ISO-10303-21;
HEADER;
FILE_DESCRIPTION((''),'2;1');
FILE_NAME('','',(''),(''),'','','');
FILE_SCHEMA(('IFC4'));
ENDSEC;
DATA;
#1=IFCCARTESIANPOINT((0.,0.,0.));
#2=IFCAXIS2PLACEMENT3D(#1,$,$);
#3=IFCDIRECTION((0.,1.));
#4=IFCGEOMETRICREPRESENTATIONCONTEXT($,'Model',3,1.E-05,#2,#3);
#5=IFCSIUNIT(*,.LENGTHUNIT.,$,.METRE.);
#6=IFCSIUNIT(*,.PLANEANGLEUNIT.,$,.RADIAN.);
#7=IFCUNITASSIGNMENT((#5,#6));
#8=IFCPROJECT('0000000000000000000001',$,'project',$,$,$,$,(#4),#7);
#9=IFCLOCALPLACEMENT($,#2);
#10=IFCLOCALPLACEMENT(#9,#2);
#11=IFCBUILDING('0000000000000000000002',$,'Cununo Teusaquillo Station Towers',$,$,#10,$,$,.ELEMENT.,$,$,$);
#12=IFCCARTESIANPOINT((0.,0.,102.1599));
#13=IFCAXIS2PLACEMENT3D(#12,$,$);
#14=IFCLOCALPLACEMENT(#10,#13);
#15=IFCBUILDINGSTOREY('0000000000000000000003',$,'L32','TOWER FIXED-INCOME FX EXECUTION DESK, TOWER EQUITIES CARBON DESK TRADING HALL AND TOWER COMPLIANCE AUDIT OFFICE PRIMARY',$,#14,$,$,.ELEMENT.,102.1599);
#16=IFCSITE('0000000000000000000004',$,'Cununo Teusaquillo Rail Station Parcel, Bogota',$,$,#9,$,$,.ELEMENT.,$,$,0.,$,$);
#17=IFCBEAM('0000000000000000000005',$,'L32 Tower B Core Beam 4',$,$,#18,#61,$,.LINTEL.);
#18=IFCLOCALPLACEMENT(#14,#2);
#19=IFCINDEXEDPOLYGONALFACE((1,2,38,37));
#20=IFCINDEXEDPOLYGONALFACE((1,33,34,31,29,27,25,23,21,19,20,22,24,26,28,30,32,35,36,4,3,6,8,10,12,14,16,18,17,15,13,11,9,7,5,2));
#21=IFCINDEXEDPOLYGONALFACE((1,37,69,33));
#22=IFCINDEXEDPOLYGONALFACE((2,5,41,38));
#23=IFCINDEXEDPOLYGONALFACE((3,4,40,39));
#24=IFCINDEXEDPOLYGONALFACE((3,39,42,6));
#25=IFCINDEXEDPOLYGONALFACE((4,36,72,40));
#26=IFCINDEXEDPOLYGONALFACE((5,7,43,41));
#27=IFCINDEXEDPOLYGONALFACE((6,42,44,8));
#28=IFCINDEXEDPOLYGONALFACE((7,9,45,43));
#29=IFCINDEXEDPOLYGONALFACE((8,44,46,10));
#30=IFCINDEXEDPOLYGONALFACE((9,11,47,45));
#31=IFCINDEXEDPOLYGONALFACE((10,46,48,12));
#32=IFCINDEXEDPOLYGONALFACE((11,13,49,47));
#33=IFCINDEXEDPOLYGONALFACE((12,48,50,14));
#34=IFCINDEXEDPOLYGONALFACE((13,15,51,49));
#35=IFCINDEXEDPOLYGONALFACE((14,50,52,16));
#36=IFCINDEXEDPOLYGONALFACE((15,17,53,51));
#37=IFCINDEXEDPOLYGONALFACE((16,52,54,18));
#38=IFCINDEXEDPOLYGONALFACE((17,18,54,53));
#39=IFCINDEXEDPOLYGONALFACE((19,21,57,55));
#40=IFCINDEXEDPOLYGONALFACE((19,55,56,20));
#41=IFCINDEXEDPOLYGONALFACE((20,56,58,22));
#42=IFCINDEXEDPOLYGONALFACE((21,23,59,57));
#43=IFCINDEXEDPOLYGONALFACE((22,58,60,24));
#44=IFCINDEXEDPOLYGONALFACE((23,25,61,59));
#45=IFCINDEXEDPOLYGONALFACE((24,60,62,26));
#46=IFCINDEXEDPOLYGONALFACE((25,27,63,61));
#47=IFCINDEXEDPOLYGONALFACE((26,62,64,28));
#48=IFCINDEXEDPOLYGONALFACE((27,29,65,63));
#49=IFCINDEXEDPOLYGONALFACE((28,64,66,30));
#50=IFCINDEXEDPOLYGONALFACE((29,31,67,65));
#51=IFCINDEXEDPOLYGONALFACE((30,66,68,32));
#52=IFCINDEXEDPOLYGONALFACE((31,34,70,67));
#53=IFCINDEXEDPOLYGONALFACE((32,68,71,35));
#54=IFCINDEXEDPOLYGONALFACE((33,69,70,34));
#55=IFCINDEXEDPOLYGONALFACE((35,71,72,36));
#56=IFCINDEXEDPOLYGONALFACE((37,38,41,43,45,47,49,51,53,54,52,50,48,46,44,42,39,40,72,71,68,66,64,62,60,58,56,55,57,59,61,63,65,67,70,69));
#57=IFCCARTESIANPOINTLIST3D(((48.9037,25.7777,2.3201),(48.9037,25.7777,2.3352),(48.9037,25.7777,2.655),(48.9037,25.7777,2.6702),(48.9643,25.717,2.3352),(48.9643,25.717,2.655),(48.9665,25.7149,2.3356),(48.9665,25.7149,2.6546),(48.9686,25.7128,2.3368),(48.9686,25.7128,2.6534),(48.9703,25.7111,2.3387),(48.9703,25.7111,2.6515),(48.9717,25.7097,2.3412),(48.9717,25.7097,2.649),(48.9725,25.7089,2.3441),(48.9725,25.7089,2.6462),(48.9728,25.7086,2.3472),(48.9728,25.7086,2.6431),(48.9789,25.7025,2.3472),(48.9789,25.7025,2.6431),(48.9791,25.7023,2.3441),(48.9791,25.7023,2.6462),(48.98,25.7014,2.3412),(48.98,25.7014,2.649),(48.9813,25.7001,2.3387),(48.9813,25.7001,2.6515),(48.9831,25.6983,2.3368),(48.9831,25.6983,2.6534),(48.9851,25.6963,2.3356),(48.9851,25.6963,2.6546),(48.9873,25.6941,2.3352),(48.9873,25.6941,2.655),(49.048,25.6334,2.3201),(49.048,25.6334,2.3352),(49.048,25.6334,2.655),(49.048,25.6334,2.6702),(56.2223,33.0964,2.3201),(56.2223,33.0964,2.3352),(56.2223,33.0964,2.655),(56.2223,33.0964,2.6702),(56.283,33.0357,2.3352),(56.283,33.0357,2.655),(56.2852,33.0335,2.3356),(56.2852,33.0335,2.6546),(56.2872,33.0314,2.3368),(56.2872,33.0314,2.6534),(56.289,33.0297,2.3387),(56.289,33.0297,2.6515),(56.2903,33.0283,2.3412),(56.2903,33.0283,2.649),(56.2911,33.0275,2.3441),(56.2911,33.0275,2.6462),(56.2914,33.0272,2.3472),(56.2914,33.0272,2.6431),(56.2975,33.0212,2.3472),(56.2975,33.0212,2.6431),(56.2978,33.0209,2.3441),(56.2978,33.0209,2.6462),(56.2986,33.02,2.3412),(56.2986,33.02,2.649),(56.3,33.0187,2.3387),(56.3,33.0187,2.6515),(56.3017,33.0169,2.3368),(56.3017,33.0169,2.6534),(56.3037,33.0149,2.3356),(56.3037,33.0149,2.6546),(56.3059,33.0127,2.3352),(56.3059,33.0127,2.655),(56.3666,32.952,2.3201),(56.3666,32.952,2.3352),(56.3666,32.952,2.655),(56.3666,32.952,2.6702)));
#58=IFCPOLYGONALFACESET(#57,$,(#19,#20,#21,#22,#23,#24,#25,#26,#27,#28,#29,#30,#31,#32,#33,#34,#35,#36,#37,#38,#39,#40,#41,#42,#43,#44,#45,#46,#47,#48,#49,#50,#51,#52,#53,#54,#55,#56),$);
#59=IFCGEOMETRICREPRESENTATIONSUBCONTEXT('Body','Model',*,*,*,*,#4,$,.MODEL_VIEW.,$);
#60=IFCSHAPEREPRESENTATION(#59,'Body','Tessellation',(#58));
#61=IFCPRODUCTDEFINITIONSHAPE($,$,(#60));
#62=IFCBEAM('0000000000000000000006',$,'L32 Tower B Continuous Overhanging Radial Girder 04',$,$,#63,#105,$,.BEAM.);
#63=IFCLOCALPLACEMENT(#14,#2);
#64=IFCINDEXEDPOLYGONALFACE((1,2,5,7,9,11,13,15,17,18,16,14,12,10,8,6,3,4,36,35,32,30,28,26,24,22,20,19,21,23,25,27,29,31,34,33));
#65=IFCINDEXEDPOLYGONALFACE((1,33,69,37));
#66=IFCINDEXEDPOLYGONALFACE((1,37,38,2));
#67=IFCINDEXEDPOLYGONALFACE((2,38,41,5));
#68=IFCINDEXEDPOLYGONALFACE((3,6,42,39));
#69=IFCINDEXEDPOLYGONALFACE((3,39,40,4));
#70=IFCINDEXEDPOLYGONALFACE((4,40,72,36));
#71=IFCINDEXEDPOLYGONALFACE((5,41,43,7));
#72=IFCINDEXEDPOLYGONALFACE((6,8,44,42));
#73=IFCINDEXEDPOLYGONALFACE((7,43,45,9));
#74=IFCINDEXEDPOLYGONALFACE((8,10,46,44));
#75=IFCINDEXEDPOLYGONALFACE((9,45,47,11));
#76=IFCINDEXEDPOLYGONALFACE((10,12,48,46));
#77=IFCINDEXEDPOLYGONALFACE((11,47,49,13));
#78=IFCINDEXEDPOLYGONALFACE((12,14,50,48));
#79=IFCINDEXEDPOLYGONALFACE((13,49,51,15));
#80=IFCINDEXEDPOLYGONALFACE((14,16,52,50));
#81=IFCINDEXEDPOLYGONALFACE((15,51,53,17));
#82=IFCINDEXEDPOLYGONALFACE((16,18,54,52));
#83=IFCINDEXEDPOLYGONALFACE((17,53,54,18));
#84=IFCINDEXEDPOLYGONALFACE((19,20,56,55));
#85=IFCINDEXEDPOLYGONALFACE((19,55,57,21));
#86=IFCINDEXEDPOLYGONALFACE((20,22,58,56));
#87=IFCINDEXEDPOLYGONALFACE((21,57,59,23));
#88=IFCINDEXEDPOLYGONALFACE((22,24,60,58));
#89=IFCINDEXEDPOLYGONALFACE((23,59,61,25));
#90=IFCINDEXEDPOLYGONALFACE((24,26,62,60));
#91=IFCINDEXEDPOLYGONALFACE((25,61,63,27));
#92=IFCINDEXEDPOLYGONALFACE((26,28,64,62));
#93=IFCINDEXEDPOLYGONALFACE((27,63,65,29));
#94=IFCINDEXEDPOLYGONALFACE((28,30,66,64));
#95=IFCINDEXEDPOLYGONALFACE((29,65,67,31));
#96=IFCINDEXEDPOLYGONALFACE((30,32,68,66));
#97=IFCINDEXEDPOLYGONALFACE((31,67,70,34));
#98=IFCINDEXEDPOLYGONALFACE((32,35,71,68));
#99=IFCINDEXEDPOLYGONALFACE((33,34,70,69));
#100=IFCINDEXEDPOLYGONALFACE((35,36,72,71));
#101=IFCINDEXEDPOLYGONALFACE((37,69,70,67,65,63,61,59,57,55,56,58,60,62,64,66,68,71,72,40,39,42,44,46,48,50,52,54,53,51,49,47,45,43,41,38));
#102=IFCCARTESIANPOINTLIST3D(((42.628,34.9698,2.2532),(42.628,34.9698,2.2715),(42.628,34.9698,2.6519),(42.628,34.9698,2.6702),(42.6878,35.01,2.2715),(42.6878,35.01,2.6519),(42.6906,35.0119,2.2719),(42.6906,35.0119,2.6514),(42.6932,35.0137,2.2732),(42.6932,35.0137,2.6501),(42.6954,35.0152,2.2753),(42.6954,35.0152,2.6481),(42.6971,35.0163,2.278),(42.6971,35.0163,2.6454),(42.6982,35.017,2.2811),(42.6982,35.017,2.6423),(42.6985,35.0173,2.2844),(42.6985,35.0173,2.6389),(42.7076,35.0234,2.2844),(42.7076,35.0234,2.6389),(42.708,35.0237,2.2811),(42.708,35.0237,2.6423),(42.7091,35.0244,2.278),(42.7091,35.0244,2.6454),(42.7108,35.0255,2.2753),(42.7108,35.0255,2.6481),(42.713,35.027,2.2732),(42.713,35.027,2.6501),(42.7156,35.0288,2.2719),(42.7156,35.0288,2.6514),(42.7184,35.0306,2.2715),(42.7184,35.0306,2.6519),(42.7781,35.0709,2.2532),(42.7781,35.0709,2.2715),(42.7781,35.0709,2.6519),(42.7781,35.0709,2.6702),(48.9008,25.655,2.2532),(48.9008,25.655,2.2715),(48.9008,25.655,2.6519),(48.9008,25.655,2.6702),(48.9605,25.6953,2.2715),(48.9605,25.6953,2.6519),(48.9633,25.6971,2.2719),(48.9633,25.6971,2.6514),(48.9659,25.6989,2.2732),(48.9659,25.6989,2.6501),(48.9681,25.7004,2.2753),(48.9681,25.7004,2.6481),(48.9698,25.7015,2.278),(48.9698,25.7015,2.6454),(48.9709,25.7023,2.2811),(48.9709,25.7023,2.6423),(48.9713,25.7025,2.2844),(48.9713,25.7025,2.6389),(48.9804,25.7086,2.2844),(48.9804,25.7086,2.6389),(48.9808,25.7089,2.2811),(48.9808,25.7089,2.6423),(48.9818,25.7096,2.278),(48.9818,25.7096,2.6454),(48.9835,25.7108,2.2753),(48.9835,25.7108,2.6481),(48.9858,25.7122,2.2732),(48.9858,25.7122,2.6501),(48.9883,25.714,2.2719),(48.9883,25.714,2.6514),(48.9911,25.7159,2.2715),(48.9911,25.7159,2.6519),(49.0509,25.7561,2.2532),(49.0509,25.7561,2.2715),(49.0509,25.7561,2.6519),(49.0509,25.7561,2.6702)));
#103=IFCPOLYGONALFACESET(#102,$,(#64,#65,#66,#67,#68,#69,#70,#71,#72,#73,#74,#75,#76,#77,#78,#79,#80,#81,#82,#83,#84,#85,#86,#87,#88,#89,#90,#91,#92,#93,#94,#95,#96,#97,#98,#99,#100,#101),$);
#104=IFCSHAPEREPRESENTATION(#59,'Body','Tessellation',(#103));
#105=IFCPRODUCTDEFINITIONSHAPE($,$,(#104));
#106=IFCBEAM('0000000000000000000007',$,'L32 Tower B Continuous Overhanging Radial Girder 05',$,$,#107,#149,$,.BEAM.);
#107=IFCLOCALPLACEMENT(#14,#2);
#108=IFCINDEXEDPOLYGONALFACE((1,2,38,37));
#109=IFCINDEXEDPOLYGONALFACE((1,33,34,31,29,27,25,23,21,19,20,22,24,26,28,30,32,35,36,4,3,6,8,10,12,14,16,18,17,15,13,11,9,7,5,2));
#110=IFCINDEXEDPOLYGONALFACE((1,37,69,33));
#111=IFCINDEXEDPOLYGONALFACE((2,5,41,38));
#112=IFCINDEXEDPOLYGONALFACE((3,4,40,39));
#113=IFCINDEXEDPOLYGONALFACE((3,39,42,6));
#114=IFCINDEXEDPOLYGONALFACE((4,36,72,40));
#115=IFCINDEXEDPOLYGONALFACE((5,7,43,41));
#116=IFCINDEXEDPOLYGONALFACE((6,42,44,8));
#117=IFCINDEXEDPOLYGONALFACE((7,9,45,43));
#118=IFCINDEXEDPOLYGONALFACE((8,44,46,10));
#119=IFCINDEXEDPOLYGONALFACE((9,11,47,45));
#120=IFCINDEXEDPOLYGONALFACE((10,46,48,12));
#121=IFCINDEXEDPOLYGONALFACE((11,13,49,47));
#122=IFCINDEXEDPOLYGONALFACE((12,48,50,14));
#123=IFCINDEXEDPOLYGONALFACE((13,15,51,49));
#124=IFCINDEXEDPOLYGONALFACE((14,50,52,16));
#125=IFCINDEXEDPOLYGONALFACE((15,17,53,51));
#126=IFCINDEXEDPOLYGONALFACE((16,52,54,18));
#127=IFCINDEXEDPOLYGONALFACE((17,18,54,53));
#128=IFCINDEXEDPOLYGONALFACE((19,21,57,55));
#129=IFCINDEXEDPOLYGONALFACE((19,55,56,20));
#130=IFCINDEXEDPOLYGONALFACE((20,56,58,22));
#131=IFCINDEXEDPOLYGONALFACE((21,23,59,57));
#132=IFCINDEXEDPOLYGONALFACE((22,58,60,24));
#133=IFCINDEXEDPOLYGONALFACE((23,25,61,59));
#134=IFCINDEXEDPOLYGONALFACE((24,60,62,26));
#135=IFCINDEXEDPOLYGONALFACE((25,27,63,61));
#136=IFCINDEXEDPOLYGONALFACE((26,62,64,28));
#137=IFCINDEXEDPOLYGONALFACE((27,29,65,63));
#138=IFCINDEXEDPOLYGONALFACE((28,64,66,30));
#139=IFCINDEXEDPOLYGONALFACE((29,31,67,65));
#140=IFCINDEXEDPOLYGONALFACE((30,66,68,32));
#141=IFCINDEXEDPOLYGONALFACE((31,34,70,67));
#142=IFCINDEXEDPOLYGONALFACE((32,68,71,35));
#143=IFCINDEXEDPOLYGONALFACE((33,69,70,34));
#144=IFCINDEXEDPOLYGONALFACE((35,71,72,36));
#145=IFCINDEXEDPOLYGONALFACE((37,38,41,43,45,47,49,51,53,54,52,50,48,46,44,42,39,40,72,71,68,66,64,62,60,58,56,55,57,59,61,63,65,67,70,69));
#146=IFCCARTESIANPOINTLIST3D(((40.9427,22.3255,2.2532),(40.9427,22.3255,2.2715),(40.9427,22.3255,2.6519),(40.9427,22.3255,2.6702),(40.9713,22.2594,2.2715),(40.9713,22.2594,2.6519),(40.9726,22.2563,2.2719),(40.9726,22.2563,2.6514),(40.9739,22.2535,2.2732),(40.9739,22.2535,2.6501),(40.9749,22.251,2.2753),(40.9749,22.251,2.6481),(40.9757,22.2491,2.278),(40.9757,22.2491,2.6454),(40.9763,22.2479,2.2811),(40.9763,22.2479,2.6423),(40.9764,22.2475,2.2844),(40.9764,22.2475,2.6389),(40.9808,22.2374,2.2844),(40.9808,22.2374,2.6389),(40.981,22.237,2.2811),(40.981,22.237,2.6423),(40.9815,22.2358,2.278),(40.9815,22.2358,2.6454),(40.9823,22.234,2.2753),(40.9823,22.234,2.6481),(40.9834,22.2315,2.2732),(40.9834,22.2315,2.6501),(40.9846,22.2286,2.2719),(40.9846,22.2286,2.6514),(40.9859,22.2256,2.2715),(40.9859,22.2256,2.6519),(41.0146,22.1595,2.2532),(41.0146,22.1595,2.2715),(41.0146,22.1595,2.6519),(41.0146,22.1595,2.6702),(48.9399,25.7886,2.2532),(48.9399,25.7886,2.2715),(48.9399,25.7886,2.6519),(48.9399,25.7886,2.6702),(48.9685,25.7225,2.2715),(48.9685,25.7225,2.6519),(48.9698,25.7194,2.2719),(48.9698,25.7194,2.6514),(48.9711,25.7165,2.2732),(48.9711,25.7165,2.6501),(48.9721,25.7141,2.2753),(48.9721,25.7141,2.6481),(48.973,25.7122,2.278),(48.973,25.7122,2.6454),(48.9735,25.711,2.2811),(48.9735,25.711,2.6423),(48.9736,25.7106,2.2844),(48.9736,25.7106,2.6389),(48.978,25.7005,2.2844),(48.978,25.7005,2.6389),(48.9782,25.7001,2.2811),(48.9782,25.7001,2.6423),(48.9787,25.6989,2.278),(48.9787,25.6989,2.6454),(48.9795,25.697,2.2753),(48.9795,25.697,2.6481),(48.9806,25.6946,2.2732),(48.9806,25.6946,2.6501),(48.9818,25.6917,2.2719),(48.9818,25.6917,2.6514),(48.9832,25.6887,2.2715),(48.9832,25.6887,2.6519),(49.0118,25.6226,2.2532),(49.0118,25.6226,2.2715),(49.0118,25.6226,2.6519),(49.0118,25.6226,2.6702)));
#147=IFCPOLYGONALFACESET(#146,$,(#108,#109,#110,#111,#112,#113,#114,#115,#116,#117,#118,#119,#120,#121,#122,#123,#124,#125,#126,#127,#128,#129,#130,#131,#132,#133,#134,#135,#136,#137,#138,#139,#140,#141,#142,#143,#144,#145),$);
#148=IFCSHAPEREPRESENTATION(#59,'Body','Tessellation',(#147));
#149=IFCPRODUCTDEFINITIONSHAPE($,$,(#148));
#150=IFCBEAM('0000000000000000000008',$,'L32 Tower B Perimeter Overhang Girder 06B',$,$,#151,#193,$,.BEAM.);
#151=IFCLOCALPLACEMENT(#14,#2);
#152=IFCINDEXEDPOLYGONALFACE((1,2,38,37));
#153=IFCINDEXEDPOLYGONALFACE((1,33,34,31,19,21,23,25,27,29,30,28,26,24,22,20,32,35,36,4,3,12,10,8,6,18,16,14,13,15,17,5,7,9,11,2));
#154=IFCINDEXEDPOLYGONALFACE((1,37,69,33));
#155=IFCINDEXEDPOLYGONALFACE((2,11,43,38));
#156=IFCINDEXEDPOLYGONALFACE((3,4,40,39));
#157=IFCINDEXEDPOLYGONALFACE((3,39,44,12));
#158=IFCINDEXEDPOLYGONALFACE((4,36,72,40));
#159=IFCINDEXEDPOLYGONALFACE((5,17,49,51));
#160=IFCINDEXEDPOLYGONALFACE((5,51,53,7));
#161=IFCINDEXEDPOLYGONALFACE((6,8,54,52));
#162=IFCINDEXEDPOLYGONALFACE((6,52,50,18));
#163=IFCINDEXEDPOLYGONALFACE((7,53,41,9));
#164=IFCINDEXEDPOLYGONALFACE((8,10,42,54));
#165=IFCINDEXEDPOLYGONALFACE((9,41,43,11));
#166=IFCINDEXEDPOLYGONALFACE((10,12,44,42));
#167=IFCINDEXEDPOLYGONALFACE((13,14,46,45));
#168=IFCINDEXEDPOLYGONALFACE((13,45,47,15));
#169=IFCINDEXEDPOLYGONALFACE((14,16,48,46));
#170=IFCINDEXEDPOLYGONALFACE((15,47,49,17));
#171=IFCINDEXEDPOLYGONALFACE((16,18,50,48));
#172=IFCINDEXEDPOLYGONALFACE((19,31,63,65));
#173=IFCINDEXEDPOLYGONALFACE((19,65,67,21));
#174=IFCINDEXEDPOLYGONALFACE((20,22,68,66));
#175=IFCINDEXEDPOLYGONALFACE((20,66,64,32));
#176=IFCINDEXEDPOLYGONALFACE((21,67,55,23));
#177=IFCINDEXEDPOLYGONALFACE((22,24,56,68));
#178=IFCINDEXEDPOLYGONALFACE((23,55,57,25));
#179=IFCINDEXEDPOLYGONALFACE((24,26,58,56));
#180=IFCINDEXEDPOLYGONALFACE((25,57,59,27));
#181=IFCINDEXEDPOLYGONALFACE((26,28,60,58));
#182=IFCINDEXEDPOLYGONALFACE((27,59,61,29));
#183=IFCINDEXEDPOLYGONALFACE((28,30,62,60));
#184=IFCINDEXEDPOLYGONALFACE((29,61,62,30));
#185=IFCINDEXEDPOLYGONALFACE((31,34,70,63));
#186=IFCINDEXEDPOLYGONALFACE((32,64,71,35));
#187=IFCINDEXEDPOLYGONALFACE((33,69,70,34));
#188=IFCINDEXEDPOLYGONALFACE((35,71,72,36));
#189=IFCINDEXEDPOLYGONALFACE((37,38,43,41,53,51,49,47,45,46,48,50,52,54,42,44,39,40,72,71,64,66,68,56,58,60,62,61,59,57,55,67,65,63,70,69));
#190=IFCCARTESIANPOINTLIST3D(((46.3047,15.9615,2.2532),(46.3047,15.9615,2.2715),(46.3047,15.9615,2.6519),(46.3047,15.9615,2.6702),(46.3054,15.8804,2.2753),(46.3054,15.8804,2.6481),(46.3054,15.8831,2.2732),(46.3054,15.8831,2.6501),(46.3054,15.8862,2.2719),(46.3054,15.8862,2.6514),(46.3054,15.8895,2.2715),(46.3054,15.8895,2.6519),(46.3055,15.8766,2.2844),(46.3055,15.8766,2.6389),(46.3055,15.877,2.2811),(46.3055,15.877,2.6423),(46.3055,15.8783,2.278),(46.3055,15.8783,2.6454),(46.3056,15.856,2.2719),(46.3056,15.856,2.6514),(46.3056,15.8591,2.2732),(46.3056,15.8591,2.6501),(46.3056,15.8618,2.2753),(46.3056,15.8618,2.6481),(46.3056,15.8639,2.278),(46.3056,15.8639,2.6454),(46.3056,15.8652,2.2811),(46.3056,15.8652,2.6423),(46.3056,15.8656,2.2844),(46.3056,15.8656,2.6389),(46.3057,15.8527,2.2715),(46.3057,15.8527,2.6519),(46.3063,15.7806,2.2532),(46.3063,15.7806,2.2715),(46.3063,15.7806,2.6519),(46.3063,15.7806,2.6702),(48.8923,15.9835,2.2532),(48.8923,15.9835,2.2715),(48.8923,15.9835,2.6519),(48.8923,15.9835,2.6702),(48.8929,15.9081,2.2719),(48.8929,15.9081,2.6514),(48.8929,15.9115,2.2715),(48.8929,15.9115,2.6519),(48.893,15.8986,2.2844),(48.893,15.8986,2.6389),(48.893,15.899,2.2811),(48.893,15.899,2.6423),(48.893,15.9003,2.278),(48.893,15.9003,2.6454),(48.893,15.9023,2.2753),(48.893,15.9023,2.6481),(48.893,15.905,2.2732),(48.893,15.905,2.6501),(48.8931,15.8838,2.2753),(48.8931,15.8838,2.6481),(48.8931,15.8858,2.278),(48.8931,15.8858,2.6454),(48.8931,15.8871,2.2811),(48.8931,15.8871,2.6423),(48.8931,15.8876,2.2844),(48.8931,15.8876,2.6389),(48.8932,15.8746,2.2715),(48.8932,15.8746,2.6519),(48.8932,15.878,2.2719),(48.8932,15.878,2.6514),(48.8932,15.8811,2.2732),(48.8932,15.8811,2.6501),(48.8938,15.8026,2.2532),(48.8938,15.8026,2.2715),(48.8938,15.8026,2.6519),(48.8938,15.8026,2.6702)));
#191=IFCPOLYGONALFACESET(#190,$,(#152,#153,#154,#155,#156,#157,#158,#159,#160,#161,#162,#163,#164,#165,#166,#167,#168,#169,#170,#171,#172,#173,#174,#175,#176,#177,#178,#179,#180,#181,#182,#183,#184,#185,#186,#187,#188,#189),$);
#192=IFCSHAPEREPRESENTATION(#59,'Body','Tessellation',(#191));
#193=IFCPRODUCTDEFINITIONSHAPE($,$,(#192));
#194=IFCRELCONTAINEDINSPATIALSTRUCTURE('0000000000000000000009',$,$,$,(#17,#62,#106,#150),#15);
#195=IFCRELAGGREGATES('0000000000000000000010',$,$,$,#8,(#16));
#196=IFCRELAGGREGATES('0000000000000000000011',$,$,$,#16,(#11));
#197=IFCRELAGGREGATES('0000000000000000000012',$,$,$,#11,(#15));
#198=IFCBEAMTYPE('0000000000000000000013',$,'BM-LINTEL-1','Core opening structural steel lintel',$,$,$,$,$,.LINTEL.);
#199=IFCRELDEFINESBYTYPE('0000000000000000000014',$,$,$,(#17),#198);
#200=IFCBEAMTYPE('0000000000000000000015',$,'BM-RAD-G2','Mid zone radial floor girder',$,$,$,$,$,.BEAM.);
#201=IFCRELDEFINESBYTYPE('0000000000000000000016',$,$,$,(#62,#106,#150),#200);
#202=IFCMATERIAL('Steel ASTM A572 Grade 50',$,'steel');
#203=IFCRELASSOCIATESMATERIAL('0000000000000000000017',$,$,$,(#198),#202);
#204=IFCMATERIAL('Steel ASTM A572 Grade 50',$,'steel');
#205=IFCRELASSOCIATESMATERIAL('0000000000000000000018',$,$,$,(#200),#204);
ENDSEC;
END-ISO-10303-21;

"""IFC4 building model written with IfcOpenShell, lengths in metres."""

from ifc_helpers import new_model, si_unit, direction, frame, origin, origin_2d, place, context, subcontext, project, spatial, i_section, extrude, material, material_profile, profile_set, type_object, element, save


model = new_model("IFC4")

# Units and contexts
model_context = context("Model", 3, precision=1e-05, world=origin(), true_north=direction((0.0, 1.0)))
body_context = subcontext(model_context, "Body", "Model", "MODEL_VIEW")
ifc_project = project(units=[si_unit("LENGTHUNIT", "METRE"), si_unit("PLANEANGLEUNIT", "RADIAN")], contexts=[model_context])

# Site, building, storey
site_placement = place(None, origin())
site = spatial("IfcSite", under=ifc_project, at=site_placement, Name="Cununo Teusaquillo Rail Station Parcel, Bogota", CompositionType="ELEMENT", RefElevation=0.0)
building_placement = place(site_placement, origin())
building = spatial("IfcBuilding", under=site, at=building_placement, Name="Cununo Teusaquillo Station Towers", CompositionType="ELEMENT")
storey_placement = place(building_placement, frame((0.0, 0.0, 102.1599)))
storey = spatial("IfcBuildingStorey", under=building, at=storey_placement, Name="L32", Description="TOWER FIXED-INCOME FX EXECUTION DESK, TOWER EQUITIES CARBON DESK TRADING HALL AND TOWER COMPLIANCE AUDIT OFFICE PRIMARY", CompositionType="ELEMENT", Elevation=102.1599)

# Beams
ifc_material_1 = material(Name="Steel ASTM A572 Grade 50", Category="steel")
ifc_material_profile_1 = material_profile(ifc_material_1, i_section(OverallWidth=0.2041, OverallDepth=0.3501, WebThickness=0.0085, FlangeThickness=0.0151, FilletRadius=0.012, at=origin_2d()), Name="W14X48")
ifc_profile_set_1 = profile_set([ifc_material_profile_1], Name="Steel ASTM A572 Grade 50")
beam_type_1 = type_object("IfcBeamType", Name="BM-LINTEL-1", Description="Core opening structural steel lintel", PredefinedType="LINTEL", material=ifc_profile_set_1)
beam_1_placement = place(storey_placement, frame((48.9758, 25.7056, 2.4951), z_axis=(0.707107, 0.707107, 0.0), x_axis=(-0.707107, 0.707107, 0.0)))
element("IfcBeam", 1, at=beam_1_placement, inside=storey, type_object=beam_type_1, Name="L32 Tower B Core Beam 4", PredefinedType="LINTEL", context=body_context, shape_type="SweptSolid", body=[
    extrude(i_section(OverallWidth=0.2041, OverallDepth=0.3501, WebThickness=0.0085, FlangeThickness=0.0151, FilletRadius=0.012, at=origin_2d()), origin(), (0.0, 0.0, 1.0), 10.3501),
])
ifc_material_2 = material(Name="Steel ASTM A572 Grade 50", Category="steel")
ifc_material_profile_2 = material_profile(ifc_material_2, i_section(OverallWidth=0.1809, OverallDepth=0.417, WebThickness=0.011, FlangeThickness=0.0183, FilletRadius=0.0129, at=origin_2d()), Name="W16X57")
ifc_profile_set_2 = profile_set([ifc_material_profile_2], Name="Steel ASTM A572 Grade 50")
beam_type_2 = type_object("IfcBeamType", Name="BM-RAD-G2", Description="Mid zone radial floor girder", PredefinedType="BEAM", material=ifc_profile_set_2)
beam_2_placement = place(storey_placement, frame((48.9758, 25.7056, 2.4617), z_axis=(-0.558572, 0.829456, 0.0), x_axis=(-0.829456, -0.558572, 0.0)))
element("IfcBeam", 2, at=beam_2_placement, inside=storey, type_object=beam_type_2, Name="L32 Tower B Continuous Overhanging Radial Girder 04", PredefinedType="BEAM", context=body_context, shape_type="SweptSolid", body=[
    extrude(i_section(OverallWidth=0.1809, OverallDepth=0.417, WebThickness=0.011, FlangeThickness=0.0183, FilletRadius=0.0129, at=origin_2d()), origin(), (0.0, 0.0, 1.0), 11.23),
])
beam_3_placement = place(storey_placement, frame((48.9758, 25.7056, 2.4617), z_axis=(-0.917655, -0.397379, 0.0), x_axis=(0.397379, -0.917655, 0.0)))
element("IfcBeam", 3, at=beam_3_placement, inside=storey, type_object=beam_type_2, Name="L32 Tower B Continuous Overhanging Radial Girder 05", PredefinedType="BEAM", context=body_context, shape_type="SweptSolid", body=[
    extrude(i_section(OverallWidth=0.1809, OverallDepth=0.417, WebThickness=0.011, FlangeThickness=0.0183, FilletRadius=0.0129, at=origin_2d()), origin(), (0.0, 0.0, 1.0), 8.7148),
])
beam_4_placement = place(storey_placement, frame((48.8931, 15.8931, 2.4617), z_axis=(-0.999964, -0.008491, 0.0), x_axis=(0.008491, -0.999964, 0.0)))
element("IfcBeam", 4, at=beam_4_placement, inside=storey, type_object=beam_type_2, Name="L32 Tower B Perimeter Overhang Girder 06B", PredefinedType="BEAM", context=body_context, shape_type="SweptSolid", body=[
    extrude(i_section(OverallWidth=0.1809, OverallDepth=0.417, WebThickness=0.011, FlangeThickness=0.0183, FilletRadius=0.0129, at=origin_2d()), origin(), (0.0, 0.0, 1.0), 2.5876),
])

save(model, "model.ifc")
